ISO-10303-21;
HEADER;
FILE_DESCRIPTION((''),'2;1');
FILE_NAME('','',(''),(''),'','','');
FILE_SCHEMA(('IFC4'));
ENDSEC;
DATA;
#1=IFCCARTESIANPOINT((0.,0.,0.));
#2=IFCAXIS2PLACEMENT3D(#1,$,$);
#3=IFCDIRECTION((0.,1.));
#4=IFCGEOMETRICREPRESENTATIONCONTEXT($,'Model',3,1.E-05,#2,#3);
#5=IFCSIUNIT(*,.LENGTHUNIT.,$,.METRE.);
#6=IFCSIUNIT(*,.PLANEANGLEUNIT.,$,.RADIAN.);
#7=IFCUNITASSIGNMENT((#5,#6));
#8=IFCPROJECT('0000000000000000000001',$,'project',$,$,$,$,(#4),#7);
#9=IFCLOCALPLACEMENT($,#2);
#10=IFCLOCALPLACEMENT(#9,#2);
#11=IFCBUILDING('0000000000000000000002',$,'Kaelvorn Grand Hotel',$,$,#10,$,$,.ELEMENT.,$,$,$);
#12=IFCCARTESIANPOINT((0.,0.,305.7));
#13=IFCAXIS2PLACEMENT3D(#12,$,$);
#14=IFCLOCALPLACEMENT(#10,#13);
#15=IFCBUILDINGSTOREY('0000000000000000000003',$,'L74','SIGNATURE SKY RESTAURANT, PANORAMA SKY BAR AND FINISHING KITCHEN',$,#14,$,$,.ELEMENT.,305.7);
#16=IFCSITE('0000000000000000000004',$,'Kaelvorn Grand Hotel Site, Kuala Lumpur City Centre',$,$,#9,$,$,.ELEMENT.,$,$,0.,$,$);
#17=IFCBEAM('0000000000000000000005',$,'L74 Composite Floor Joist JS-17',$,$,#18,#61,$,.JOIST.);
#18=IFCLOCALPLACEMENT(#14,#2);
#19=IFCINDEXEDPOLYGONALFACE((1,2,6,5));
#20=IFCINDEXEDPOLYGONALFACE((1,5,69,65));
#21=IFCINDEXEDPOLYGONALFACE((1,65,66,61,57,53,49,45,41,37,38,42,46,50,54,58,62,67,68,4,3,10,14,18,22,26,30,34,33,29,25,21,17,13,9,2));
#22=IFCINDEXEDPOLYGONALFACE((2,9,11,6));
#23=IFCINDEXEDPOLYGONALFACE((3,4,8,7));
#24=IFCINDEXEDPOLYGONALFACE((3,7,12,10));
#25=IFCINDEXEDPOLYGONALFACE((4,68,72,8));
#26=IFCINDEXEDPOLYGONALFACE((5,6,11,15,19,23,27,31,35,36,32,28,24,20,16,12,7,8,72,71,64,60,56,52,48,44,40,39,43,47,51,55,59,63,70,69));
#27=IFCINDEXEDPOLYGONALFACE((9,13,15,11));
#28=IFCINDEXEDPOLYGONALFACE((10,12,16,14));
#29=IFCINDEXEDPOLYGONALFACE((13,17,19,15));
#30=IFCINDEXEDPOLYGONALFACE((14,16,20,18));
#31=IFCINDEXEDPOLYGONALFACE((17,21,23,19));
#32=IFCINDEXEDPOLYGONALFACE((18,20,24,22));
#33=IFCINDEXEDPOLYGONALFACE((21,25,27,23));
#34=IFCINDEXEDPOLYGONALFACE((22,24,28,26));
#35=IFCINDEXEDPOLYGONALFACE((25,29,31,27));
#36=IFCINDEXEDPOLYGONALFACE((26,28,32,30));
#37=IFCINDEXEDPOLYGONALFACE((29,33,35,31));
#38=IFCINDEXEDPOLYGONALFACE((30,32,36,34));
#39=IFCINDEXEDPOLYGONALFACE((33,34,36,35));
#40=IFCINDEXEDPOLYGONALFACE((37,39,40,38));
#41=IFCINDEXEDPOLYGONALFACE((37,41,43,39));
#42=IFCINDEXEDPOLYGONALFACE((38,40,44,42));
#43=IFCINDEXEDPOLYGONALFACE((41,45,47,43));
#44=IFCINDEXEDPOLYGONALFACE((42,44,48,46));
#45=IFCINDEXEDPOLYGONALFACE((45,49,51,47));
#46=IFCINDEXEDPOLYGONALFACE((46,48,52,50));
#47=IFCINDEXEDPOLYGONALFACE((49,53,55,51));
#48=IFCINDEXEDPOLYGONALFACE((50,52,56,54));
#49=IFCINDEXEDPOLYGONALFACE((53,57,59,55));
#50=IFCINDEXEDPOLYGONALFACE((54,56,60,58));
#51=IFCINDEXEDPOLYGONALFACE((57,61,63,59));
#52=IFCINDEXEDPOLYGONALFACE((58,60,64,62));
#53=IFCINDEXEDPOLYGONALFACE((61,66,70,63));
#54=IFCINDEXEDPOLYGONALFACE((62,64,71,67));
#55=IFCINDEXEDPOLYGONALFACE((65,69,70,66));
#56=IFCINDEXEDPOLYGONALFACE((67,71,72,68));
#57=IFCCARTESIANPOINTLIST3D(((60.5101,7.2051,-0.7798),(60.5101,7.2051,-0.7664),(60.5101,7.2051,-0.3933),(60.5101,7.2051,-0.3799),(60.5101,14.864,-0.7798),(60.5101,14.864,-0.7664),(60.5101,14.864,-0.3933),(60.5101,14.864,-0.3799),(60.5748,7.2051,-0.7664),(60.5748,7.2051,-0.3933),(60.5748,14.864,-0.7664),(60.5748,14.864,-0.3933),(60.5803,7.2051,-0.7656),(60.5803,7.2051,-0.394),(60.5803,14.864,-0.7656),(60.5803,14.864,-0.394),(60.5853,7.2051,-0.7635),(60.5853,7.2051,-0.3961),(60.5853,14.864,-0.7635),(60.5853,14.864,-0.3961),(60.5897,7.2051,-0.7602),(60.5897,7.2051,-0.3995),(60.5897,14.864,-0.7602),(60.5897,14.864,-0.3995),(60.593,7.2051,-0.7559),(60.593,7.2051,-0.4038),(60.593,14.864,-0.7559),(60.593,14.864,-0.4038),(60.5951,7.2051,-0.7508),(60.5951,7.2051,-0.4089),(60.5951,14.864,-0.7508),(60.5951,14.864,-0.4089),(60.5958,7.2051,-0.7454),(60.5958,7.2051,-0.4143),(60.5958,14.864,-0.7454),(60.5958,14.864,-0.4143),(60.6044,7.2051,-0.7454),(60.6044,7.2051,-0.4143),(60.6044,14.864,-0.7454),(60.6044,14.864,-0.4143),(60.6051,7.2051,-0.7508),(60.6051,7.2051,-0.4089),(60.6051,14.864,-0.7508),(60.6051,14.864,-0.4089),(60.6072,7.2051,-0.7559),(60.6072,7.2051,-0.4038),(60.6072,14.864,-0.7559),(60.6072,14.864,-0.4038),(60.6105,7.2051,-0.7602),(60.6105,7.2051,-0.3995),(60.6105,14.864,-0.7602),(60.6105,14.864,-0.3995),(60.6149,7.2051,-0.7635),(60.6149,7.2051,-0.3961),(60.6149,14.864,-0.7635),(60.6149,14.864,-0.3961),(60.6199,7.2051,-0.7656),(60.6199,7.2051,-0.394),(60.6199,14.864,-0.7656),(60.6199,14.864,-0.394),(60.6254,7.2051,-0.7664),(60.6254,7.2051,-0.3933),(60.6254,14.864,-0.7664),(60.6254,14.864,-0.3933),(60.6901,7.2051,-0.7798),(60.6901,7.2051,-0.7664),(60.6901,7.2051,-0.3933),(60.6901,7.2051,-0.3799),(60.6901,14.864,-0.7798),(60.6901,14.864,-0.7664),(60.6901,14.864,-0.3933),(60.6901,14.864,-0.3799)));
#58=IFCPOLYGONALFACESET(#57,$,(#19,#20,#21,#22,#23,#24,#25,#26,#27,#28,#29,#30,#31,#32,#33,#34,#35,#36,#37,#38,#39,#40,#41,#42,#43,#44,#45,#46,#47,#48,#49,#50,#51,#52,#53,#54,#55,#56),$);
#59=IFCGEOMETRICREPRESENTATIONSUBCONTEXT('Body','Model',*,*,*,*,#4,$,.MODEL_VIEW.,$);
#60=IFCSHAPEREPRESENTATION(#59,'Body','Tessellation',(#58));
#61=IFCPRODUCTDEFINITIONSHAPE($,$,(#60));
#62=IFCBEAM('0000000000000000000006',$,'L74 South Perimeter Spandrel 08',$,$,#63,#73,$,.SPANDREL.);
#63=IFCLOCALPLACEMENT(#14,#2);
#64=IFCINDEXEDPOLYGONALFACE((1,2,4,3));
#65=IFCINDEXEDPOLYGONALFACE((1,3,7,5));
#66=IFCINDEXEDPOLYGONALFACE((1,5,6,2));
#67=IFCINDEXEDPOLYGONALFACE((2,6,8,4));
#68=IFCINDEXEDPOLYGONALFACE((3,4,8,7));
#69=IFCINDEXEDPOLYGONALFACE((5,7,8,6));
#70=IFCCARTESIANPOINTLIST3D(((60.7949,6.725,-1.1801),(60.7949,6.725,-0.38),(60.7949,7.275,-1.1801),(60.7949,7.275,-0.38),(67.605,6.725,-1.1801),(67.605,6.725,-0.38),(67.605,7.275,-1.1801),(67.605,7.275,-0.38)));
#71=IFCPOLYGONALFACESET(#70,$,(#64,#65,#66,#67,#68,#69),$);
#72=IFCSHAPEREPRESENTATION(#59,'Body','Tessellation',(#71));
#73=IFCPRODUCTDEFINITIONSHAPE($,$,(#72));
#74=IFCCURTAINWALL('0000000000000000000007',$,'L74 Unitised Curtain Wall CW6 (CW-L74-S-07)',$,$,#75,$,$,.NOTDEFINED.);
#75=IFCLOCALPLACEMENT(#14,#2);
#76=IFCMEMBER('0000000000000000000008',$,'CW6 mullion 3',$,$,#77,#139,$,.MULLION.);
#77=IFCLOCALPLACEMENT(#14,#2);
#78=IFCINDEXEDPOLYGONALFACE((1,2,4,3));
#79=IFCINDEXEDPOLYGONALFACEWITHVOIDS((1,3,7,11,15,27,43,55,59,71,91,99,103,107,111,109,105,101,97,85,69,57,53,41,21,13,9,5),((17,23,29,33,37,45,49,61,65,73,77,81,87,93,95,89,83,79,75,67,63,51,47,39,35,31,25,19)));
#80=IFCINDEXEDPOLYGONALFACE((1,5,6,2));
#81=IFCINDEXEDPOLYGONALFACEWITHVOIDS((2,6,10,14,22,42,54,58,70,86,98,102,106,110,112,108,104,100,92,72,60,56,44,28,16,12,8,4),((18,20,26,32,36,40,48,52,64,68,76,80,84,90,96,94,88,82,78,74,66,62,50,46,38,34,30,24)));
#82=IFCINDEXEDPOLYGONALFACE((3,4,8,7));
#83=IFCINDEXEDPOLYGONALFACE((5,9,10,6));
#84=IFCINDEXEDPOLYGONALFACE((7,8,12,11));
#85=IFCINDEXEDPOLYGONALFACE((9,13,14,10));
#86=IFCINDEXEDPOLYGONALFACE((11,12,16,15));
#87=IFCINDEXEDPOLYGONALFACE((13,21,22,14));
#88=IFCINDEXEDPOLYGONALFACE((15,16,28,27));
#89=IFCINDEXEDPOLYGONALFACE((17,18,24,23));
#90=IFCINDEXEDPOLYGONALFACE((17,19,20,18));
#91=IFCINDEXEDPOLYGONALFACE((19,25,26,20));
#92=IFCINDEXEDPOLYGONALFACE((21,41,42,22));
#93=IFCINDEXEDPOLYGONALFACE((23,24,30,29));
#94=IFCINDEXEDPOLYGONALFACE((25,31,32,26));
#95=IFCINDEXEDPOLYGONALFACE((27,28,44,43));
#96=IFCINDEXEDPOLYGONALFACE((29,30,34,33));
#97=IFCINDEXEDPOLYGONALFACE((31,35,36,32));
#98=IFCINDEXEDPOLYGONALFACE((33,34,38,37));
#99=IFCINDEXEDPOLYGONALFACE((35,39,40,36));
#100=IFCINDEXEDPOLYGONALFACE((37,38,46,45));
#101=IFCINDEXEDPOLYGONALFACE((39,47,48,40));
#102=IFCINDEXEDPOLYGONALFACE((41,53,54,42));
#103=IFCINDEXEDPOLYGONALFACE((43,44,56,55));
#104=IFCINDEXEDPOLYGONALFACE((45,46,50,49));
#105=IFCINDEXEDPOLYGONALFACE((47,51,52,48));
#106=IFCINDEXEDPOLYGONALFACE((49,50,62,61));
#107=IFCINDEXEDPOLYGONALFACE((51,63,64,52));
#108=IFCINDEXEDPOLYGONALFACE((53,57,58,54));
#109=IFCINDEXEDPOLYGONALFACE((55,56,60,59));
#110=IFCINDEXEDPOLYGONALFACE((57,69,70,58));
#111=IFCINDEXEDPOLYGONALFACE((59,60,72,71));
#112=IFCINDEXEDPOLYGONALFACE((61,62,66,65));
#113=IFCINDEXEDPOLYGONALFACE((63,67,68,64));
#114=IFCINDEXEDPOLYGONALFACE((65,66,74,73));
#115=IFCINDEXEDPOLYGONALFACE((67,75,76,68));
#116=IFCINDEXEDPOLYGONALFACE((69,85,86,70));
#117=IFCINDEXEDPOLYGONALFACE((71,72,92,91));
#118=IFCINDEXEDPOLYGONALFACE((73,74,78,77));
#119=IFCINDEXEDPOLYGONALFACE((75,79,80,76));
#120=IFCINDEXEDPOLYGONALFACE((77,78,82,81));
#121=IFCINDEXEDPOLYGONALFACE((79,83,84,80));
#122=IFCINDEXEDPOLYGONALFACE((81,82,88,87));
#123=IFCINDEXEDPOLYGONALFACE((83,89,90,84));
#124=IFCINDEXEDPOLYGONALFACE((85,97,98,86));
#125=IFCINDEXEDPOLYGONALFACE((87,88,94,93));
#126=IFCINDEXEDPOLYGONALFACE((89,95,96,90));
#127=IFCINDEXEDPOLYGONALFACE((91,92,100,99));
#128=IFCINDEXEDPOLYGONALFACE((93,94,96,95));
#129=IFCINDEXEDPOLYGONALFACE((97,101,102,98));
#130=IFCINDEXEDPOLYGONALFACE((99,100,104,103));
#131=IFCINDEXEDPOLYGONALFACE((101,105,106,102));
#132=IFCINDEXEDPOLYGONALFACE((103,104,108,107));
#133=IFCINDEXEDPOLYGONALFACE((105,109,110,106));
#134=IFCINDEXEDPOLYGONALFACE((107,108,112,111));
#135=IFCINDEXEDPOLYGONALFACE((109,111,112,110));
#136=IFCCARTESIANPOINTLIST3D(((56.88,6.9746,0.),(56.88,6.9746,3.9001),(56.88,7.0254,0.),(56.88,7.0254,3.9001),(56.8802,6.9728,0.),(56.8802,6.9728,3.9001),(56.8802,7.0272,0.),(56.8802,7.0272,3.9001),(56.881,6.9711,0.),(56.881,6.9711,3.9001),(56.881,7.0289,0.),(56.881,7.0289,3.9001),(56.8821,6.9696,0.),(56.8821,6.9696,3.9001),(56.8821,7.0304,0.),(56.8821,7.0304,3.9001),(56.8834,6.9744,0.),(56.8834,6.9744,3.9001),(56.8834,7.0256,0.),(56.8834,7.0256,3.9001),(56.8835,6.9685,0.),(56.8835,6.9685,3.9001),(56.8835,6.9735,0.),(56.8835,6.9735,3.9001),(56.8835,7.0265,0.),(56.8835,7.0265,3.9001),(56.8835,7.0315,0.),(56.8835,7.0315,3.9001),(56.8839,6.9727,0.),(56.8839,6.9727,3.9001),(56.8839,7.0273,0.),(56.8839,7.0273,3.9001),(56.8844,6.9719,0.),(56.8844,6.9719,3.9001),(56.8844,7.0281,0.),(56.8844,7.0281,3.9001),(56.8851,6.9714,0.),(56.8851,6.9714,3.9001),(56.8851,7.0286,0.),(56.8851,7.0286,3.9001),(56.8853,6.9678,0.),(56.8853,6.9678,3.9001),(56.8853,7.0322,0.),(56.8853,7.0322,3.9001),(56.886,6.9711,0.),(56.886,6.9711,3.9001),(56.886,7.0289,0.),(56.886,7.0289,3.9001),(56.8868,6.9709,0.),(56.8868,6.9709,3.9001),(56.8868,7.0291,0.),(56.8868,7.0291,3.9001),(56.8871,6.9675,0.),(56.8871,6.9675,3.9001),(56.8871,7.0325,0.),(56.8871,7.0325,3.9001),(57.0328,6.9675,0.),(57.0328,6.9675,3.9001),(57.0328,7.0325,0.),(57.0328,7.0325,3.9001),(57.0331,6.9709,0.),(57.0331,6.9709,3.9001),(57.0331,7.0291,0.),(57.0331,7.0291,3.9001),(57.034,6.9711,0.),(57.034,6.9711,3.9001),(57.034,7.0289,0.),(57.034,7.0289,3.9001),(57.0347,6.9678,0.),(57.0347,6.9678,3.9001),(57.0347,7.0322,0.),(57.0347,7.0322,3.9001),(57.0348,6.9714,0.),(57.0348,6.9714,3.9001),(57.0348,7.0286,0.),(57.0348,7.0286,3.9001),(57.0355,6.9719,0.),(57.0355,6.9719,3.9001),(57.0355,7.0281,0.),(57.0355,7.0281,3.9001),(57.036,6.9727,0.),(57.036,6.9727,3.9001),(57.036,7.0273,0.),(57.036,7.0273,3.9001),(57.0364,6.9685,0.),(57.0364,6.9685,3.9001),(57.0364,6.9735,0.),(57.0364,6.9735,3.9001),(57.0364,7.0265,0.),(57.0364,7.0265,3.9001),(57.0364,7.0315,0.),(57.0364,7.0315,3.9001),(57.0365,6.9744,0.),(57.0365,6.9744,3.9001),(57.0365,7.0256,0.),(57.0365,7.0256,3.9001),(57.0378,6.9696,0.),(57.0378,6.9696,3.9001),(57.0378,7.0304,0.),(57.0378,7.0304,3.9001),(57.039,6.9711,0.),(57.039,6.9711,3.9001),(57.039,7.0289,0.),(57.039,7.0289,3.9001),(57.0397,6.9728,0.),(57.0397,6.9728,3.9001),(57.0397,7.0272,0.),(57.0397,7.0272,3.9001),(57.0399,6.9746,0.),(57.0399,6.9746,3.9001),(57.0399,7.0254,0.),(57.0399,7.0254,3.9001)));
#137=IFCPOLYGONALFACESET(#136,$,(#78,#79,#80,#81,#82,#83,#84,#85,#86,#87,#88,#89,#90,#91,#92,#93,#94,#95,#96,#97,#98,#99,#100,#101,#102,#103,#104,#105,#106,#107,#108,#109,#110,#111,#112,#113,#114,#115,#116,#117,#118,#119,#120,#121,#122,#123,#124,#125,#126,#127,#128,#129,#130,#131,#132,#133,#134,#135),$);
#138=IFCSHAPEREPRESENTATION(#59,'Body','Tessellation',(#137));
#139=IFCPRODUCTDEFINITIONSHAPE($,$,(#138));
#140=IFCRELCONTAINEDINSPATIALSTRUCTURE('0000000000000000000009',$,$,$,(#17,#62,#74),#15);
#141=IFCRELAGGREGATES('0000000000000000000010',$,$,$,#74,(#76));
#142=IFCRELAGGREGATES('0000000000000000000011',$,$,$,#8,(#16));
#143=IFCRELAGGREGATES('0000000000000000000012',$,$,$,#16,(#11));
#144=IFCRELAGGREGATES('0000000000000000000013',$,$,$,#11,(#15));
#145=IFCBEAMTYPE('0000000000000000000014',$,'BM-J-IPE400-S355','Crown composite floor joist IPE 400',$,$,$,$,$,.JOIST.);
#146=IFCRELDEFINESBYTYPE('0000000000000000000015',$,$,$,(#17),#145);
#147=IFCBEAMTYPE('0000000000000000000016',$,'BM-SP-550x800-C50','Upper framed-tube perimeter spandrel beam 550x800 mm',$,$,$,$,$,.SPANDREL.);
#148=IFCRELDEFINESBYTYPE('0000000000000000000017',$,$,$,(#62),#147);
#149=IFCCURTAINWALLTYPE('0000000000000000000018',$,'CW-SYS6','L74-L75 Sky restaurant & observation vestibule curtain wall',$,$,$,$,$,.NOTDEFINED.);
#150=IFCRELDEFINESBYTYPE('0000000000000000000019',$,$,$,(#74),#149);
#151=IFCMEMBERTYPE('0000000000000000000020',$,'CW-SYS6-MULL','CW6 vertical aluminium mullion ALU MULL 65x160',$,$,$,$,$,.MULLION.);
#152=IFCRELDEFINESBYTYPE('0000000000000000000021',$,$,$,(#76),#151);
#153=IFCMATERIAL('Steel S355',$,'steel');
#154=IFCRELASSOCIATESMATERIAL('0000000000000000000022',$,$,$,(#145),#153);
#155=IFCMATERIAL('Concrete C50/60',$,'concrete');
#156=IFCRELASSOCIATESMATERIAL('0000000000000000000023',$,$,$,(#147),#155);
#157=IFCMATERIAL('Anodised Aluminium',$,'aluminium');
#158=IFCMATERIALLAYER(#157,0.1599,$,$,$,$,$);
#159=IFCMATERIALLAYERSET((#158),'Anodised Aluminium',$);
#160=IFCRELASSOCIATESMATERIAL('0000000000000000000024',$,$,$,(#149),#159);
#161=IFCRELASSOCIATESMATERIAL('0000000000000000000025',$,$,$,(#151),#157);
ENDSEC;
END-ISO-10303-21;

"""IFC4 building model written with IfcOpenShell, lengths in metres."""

from ifc_helpers import new_model, si_unit, direction, frame, origin, origin_2d, place, context, subcontext, project, spatial, rectangle, hollow_rectangle, i_section, extrude, material, layer, layer_set, material_profile, profile_set, type_object, element, aggregate, save


model = new_model("IFC4")

# Units and contexts
model_context = context("Model", 3, precision=1e-05, world=origin(), true_north=direction((0.0, 1.0)))
body_context = subcontext(model_context, "Body", "Model", "MODEL_VIEW")
ifc_project = project(units=[si_unit("LENGTHUNIT", "METRE"), si_unit("PLANEANGLEUNIT", "RADIAN")], contexts=[model_context])

# Site, building, storey
site_placement = place(None, origin())
site = spatial("IfcSite", under=ifc_project, at=site_placement, Name="Kaelvorn Grand Hotel Site, Kuala Lumpur City Centre", CompositionType="ELEMENT", RefElevation=0.0)
building_placement = place(site_placement, origin())
building = spatial("IfcBuilding", under=site, at=building_placement, Name="Kaelvorn Grand Hotel", CompositionType="ELEMENT")
storey_placement = place(building_placement, frame((0.0, 0.0, 305.7)))
storey = spatial("IfcBuildingStorey", under=building, at=storey_placement, Name="L74", Description="SIGNATURE SKY RESTAURANT, PANORAMA SKY BAR AND FINISHING KITCHEN", CompositionType="ELEMENT", Elevation=305.7)

# Shared definitions
ifc_material_1 = material(Name="Steel S355", Category="steel")

# Beams
ifc_material_profile_1 = material_profile(ifc_material_1, i_section(OverallWidth=0.1799, OverallDepth=0.3999, WebThickness=0.0085, FlangeThickness=0.0134, FilletRadius=0.021, at=origin_2d()), Name="IPE 400")
ifc_profile_set_1 = profile_set([ifc_material_profile_1], Name="Steel S355")
beam_type_1 = type_object("IfcBeamType", Name="BM-J-IPE400-S355", Description="Crown composite floor joist IPE 400", PredefinedType="JOIST", material=ifc_profile_set_1)
beam_1_placement = place(storey_placement, frame((60.6001, 7.2051, -0.5798), z_axis=(0.0, 1.0, 0.0), x_axis=(-1.0, 0.0, 0.0)))
element("IfcBeam", 1, at=beam_1_placement, inside=storey, type_object=beam_type_1, Name="L74 Composite Floor Joist JS-17", PredefinedType="JOIST", context=body_context, shape_type="SweptSolid", body=[
    extrude(i_section(OverallWidth=0.1799, OverallDepth=0.3999, WebThickness=0.0085, FlangeThickness=0.0134, FilletRadius=0.021, at=origin_2d()), origin(), (0.0, 0.0, 1.0), 7.6589),
])
ifc_material_2 = material(Name="Concrete C50/60", Category="concrete")
ifc_material_profile_2 = material_profile(ifc_material_2, rectangle(XDim=0.55, YDim=0.8, at=origin_2d()), Name="RC SPANDREL 550x800")
ifc_profile_set_2 = profile_set([ifc_material_profile_2], Name="Concrete C50/60")
beam_type_2 = type_object("IfcBeamType", Name="BM-SP-550x800-C50", Description="Upper framed-tube perimeter spandrel beam 550x800 mm", PredefinedType="SPANDREL", material=ifc_profile_set_2)
beam_2_placement = place(storey_placement, frame((60.7949, 7.0, -0.78), z_axis=(1.0, 0.0, 0.0), x_axis=(0.0, 1.0, 0.0)))
element("IfcBeam", 2, at=beam_2_placement, inside=storey, type_object=beam_type_2, Name="L74 South Perimeter Spandrel 08", PredefinedType="SPANDREL", context=body_context, shape_type="SweptSolid", body=[
    extrude(rectangle(XDim=0.55, YDim=0.8, at=origin_2d()), origin(), (0.0, 0.0, 1.0), 6.8101),
])

# Curtain wall, member
ifc_material_3 = material(Name="Anodised Aluminium", Category="aluminium")
ifc_layer_1 = layer(ifc_material_3, 0.1599)
ifc_layer_set_1 = layer_set([ifc_layer_1], Name="Anodised Aluminium")
curtain_wall_type = type_object("IfcCurtainWallType", Name="CW-SYS6", Description="L74-L75 Sky restaurant & observation vestibule curtain wall", PredefinedType="NOTDEFINED", material=ifc_layer_set_1)
curtain_wall_1_placement = place(storey_placement, origin())
curtain_wall_1 = element("IfcCurtainWall", 3, at=curtain_wall_1_placement, inside=storey, type_object=curtain_wall_type, Name="L74 Unitised Curtain Wall CW6 (CW-L74-S-07)", PredefinedType="NOTDEFINED")
ifc_material_profile_3 = material_profile(ifc_material_3, hollow_rectangle(XDim=0.0649, YDim=0.1599, WallThickness=0.0034, InnerFilletRadius=0.0034, OuterFilletRadius=0.0071, at=origin_2d()), Name="ALU MULL 65x160")
ifc_profile_set_3 = profile_set([ifc_material_profile_3], Name="Anodised Aluminium")
member_type_1 = type_object("IfcMemberType", Name="CW-SYS6-MULL", Description="CW6 vertical aluminium mullion ALU MULL 65x160", PredefinedType="MULLION", material=ifc_profile_set_3)
member_1_placement = place(storey_placement, frame((56.96, 7.0, 0.0), z_axis=(0.0, 0.0, 1.0), x_axis=(0.0, 1.0, 0.0)))
member_1 = element("IfcMember", 4, at=member_1_placement, type_object=member_type_1, Name="CW6 mullion 3", PredefinedType="MULLION", context=body_context, shape_type="SweptSolid", body=[
    extrude(hollow_rectangle(XDim=0.0649, YDim=0.1599, WallThickness=0.0034, InnerFilletRadius=0.0034, OuterFilletRadius=0.0071, at=origin_2d()), origin(), (0.0, 0.0, 1.0), 3.9001),
])

aggregate(curtain_wall_1, [member_1])

save(model, "model.ifc")
